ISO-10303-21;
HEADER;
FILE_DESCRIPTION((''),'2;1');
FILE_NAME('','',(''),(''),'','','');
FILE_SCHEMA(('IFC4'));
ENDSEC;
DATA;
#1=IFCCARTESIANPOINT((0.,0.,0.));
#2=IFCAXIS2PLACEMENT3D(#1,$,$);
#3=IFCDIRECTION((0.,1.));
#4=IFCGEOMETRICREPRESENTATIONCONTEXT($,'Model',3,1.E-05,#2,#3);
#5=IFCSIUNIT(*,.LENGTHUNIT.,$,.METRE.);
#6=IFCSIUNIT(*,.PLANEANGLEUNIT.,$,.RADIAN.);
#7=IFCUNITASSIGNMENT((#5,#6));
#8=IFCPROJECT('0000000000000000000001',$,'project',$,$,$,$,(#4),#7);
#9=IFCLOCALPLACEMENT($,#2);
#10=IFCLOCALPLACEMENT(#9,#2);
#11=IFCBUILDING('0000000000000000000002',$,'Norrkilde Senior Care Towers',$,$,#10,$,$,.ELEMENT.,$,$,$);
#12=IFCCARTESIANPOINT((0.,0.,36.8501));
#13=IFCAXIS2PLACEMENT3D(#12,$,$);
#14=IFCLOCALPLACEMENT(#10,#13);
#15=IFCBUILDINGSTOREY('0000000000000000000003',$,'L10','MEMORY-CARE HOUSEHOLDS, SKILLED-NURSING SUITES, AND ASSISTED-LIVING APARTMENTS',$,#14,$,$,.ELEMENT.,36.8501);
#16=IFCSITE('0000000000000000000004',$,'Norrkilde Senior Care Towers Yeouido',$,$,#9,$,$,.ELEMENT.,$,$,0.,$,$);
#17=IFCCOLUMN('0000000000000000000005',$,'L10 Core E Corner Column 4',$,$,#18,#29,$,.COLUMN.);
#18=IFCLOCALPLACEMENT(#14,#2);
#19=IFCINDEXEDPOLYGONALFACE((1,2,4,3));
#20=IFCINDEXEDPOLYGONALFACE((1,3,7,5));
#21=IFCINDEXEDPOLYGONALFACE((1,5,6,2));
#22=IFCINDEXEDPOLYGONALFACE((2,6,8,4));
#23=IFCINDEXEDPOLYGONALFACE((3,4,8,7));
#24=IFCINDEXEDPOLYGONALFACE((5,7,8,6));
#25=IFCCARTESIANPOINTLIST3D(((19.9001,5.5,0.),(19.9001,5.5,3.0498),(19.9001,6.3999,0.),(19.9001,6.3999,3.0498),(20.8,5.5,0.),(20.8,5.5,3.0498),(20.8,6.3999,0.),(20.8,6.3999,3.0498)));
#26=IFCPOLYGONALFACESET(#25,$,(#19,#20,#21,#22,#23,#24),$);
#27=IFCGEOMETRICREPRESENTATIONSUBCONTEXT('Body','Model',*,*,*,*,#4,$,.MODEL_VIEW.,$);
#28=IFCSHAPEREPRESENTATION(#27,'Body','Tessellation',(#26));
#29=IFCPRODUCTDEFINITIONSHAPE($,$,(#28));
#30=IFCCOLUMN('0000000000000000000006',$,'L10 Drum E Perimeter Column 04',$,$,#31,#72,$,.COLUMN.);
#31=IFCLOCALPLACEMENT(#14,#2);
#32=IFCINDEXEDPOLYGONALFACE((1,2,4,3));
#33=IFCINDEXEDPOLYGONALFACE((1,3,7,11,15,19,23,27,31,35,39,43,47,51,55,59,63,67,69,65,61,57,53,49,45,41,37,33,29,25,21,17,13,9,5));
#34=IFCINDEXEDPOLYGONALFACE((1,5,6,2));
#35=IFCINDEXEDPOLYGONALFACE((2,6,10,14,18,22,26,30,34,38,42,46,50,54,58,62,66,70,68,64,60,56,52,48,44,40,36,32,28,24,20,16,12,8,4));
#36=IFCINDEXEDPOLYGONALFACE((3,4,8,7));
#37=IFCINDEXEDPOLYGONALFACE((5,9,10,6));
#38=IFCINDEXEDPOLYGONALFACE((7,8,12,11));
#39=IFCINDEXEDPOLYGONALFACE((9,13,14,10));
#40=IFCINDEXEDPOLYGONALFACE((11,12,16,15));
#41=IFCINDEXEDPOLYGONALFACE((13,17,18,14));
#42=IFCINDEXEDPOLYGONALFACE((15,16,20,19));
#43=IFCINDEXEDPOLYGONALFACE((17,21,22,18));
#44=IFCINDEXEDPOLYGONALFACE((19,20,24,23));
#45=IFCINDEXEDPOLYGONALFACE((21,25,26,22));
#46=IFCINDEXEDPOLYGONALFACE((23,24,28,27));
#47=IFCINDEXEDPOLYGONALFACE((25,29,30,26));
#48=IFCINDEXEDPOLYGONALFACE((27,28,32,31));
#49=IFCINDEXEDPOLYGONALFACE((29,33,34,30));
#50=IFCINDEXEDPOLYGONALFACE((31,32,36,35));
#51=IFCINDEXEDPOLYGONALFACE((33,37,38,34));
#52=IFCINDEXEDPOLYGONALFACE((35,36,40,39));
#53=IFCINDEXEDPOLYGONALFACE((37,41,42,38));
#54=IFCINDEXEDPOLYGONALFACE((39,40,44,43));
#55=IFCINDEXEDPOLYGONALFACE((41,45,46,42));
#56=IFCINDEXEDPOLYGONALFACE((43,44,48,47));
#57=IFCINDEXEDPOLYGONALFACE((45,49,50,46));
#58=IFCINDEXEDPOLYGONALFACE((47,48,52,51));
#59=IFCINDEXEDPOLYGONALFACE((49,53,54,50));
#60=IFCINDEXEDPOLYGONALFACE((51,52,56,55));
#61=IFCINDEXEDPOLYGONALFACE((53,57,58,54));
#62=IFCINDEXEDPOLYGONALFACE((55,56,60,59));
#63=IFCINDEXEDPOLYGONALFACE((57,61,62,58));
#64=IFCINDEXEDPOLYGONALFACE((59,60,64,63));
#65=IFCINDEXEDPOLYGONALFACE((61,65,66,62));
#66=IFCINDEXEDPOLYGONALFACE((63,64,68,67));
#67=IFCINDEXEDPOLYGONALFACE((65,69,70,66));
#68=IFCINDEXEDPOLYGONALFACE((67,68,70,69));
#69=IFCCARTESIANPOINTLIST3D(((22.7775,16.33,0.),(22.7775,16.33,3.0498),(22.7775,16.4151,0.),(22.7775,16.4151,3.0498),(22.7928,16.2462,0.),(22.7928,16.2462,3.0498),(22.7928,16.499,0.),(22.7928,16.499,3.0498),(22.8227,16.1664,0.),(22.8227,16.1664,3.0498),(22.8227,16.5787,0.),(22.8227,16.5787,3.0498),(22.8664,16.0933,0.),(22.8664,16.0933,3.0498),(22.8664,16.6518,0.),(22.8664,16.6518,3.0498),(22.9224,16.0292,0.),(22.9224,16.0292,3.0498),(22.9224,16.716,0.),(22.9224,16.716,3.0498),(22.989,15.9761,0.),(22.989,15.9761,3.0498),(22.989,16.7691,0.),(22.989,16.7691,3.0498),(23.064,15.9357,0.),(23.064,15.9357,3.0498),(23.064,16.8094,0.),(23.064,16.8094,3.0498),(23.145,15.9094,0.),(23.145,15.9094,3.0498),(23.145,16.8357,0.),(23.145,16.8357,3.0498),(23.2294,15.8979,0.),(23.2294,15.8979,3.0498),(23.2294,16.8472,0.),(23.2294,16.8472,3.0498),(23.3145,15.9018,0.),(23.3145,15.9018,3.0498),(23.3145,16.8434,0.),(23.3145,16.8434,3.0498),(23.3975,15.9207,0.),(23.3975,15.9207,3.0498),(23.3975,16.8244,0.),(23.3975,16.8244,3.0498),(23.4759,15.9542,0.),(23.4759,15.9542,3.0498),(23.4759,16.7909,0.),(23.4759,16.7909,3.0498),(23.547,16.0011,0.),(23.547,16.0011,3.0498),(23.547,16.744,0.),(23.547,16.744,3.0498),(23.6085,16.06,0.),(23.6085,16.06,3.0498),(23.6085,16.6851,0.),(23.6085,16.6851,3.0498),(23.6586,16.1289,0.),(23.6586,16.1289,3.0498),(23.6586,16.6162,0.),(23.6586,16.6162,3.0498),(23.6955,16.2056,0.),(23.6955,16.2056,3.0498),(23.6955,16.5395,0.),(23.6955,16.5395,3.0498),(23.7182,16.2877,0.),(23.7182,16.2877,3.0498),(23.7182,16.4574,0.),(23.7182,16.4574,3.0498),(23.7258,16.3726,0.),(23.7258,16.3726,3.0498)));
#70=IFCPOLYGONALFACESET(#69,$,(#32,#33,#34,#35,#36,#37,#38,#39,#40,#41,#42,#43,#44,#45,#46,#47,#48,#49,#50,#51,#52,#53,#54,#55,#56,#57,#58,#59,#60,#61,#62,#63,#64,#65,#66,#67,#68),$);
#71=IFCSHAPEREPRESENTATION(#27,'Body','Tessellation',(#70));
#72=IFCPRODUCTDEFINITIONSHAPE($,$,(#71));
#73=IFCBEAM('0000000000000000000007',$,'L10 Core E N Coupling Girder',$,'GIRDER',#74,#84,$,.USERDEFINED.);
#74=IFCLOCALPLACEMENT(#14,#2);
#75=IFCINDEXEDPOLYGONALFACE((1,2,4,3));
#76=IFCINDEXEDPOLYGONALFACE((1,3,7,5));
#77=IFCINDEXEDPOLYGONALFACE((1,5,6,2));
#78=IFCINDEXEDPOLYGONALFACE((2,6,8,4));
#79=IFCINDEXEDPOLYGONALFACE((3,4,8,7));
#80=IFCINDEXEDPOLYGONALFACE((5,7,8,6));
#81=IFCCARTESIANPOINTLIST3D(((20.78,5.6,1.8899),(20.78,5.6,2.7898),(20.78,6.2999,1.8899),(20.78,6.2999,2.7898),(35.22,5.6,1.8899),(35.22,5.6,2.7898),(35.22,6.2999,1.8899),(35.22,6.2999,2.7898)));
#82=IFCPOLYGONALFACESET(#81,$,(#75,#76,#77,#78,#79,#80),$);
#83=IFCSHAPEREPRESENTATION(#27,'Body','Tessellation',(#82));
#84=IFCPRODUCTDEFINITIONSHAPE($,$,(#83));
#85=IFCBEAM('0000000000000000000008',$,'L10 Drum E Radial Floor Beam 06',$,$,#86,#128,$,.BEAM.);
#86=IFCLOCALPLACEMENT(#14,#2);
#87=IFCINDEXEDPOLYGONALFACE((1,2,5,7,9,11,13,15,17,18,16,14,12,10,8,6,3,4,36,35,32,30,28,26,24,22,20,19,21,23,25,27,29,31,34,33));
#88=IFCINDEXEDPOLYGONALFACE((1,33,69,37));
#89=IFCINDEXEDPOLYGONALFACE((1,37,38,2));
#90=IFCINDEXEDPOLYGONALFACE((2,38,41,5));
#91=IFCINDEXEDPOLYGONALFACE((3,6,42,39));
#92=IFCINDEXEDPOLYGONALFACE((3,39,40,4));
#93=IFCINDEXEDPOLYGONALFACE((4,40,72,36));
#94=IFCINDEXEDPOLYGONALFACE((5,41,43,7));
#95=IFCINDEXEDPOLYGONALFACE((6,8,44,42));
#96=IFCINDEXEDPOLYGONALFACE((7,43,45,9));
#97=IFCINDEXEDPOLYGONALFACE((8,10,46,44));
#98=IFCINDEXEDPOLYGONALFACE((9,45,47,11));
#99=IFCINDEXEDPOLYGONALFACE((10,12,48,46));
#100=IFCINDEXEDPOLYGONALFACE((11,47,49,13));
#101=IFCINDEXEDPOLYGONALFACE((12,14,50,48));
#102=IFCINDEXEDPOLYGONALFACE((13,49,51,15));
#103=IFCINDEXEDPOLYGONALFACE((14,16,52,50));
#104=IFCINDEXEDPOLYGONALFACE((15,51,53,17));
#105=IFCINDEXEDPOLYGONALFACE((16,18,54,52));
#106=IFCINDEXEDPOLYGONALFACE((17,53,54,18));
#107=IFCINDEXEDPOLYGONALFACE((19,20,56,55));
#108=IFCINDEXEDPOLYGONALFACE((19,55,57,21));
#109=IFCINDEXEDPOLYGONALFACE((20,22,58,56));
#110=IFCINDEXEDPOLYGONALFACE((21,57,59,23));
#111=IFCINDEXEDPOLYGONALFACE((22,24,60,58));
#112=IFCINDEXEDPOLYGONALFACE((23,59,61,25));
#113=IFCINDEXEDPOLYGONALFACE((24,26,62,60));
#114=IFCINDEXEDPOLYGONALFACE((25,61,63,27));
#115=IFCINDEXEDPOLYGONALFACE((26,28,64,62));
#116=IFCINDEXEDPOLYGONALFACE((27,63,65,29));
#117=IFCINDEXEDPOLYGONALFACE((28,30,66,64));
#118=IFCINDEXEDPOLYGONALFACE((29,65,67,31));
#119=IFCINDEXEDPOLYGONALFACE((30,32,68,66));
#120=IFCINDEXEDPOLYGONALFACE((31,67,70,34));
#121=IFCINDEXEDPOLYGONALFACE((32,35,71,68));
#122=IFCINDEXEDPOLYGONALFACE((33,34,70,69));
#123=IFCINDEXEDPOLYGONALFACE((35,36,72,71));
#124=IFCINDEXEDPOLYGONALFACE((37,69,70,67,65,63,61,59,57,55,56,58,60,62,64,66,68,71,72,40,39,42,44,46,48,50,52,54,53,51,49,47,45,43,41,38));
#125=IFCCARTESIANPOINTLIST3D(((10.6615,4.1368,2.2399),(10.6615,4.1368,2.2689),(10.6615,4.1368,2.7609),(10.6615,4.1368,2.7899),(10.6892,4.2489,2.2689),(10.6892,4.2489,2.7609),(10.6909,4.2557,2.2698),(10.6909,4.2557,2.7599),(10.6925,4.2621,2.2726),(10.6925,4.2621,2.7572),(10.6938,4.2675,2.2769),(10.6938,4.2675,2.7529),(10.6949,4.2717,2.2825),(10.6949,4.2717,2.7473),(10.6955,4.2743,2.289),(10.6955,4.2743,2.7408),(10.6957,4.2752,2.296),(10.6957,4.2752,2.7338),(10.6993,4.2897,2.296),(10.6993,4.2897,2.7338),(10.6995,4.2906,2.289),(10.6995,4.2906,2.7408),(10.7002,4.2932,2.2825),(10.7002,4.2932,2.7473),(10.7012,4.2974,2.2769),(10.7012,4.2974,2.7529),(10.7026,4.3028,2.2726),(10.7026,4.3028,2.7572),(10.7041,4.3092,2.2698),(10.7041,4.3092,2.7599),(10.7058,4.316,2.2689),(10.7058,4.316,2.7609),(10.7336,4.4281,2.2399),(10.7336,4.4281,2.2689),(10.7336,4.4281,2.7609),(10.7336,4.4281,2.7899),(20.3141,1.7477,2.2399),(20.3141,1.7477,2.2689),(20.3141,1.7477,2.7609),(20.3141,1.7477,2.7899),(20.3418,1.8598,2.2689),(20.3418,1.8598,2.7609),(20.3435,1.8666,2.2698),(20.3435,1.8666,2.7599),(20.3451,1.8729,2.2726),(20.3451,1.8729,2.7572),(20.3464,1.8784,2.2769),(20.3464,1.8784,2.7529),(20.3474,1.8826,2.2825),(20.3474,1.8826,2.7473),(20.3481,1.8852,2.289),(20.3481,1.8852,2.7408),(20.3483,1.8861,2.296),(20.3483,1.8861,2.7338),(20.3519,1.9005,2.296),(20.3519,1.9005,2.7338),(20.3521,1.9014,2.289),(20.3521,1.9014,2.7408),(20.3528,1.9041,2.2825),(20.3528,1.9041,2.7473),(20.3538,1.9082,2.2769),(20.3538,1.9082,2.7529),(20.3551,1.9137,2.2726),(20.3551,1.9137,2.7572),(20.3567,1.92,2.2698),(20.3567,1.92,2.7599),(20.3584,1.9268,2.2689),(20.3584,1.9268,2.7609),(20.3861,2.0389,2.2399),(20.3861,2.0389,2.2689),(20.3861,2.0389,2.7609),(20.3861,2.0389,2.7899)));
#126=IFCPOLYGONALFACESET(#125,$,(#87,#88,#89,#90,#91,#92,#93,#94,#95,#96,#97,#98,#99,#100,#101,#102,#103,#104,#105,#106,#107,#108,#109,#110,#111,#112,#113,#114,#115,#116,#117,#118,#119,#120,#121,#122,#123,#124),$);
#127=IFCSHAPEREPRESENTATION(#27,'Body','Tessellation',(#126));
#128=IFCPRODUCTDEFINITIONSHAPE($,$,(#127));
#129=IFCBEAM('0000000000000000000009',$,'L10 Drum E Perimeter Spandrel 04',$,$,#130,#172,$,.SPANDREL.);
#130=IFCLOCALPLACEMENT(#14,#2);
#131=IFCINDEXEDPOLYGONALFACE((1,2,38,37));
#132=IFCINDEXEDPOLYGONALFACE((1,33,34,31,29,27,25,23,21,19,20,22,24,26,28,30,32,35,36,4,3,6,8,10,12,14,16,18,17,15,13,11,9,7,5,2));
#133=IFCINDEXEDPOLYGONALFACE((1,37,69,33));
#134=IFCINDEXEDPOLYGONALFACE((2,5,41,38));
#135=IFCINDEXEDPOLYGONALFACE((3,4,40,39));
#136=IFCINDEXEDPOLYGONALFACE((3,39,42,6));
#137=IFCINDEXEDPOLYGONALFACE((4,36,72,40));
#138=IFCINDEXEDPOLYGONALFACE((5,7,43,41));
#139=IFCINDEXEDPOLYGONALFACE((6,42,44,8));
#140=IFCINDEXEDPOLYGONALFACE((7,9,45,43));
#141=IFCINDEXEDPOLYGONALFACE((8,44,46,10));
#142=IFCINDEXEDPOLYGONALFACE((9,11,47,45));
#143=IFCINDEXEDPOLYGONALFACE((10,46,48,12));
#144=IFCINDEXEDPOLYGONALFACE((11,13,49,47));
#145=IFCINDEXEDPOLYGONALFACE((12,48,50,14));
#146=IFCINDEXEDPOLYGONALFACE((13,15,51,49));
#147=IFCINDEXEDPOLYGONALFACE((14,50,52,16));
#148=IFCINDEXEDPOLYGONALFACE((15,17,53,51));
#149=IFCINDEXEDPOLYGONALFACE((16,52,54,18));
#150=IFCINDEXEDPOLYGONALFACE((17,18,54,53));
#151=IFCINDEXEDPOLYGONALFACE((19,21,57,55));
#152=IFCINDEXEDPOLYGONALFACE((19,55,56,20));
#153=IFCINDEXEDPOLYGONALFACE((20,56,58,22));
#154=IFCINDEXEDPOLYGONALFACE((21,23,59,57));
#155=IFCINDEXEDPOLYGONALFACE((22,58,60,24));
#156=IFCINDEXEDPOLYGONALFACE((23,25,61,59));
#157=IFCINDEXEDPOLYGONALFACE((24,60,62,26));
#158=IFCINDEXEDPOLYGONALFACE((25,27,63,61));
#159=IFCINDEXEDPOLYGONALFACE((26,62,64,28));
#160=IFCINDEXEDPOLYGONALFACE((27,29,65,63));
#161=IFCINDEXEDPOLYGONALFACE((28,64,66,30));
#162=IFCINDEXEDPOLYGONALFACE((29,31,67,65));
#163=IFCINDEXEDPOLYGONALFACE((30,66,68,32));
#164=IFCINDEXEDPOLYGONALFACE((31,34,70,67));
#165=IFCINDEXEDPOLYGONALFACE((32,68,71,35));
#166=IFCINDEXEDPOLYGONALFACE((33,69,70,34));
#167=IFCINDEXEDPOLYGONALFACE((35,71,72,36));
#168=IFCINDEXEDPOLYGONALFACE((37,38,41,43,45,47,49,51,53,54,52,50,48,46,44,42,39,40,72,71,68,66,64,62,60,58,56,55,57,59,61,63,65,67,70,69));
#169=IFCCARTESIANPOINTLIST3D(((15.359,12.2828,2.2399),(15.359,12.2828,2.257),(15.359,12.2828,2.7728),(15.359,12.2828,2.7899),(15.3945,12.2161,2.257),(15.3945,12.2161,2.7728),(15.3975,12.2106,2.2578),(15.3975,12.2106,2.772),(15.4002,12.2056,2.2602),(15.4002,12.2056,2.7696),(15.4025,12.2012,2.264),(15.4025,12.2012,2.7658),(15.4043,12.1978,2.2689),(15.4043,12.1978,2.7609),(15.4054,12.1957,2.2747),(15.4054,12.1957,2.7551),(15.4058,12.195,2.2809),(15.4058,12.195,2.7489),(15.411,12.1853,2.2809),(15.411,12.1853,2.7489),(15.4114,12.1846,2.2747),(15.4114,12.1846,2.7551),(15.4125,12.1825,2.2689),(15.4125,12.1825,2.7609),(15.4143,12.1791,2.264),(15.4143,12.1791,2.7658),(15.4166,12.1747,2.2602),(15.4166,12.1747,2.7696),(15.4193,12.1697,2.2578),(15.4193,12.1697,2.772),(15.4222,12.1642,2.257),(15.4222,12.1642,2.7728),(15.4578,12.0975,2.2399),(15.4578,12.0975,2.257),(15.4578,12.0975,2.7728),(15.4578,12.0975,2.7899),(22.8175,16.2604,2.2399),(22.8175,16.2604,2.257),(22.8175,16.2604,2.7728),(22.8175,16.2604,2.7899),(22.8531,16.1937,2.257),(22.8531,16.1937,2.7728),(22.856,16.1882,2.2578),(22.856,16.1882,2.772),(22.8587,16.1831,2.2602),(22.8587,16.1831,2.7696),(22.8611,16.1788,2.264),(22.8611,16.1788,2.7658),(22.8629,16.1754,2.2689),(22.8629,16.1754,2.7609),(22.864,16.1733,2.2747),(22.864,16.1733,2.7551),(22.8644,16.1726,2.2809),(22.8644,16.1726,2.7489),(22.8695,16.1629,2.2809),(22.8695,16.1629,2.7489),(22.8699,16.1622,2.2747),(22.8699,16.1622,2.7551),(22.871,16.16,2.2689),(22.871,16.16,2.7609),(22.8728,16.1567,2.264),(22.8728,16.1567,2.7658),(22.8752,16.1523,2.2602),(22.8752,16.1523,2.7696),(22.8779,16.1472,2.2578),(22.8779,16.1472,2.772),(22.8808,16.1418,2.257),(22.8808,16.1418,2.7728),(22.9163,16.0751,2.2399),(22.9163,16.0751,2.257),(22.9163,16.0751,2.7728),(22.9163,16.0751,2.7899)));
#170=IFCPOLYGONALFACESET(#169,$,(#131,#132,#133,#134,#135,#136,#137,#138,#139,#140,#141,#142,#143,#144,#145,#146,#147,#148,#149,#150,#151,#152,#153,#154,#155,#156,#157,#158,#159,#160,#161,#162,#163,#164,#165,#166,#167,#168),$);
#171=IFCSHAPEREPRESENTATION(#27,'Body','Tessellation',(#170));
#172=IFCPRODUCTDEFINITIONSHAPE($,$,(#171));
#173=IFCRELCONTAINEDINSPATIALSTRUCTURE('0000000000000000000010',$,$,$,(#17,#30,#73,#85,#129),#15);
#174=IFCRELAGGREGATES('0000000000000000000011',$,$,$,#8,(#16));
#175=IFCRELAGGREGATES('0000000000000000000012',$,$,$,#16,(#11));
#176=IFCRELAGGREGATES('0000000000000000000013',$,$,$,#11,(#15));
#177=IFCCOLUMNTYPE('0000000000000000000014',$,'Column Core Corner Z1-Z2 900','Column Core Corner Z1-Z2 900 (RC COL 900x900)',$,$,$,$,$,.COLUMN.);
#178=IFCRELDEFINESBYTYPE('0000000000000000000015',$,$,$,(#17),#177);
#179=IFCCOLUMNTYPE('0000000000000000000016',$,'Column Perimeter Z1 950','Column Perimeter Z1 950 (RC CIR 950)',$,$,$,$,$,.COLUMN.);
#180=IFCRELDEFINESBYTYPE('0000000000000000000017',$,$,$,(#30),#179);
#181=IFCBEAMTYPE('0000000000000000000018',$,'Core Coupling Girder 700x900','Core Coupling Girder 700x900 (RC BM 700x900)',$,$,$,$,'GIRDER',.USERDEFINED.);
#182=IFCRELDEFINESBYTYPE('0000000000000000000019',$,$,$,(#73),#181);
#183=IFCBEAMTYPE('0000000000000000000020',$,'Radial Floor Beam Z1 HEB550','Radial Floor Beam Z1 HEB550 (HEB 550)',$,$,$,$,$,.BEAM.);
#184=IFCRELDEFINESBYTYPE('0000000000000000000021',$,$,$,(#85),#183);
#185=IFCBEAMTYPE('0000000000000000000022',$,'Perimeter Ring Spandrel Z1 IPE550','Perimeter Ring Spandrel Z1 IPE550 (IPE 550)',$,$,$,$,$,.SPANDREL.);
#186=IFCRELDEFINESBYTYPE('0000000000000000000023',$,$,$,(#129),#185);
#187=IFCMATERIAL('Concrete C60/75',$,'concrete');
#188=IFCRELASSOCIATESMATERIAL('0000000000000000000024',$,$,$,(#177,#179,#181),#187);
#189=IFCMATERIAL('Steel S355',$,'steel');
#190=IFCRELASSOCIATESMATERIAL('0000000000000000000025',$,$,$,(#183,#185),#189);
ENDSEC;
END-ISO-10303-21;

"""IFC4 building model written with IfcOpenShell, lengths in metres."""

from ifc_helpers import new_model, si_unit, direction, frame, origin, origin_2d, place, context, subcontext, project, spatial, rectangle, circle, i_section, extrude, source, transform, mapped, material, material_profile, profile_set, type_object, type_shapes, element, save


model = new_model("IFC4")

# Units and contexts
model_context = context("Model", 3, precision=1e-05, world=origin(), true_north=direction((0.0, 1.0)))
body_context = subcontext(model_context, "Body", "Model", "MODEL_VIEW")
ifc_project = project(units=[si_unit("LENGTHUNIT", "METRE"), si_unit("PLANEANGLEUNIT", "RADIAN")], contexts=[model_context])

# Site, building, storey
site_placement = place(None, origin())
site = spatial("IfcSite", under=ifc_project, at=site_placement, Name="Norrkilde Senior Care Towers Yeouido", CompositionType="ELEMENT", RefElevation=0.0)
building_placement = place(site_placement, origin())
building = spatial("IfcBuilding", under=site, at=building_placement, Name="Norrkilde Senior Care Towers", CompositionType="ELEMENT")
storey_placement = place(building_placement, frame((0.0, 0.0, 36.8501)))
storey = spatial("IfcBuildingStorey", under=building, at=storey_placement, Name="L10", Description="MEMORY-CARE HOUSEHOLDS, SKILLED-NURSING SUITES, AND ASSISTED-LIVING APARTMENTS", CompositionType="ELEMENT", Elevation=36.8501)

# Columns
ifc_material_1 = material(Name="Concrete C60/75", Category="concrete")
ifc_material_profile_1 = material_profile(ifc_material_1, rectangle(XDim=0.8999, YDim=0.8999, at=origin_2d()), Name="RC COL 900x900")
ifc_profile_set_1 = profile_set([ifc_material_profile_1], Name="Concrete C60/75")
column_type_1 = type_object("IfcColumnType", Name="Column Core Corner Z1-Z2 900", Description="Column Core Corner Z1-Z2 900 (RC COL 900x900)", PredefinedType="COLUMN", material=ifc_profile_set_1)
shared_shape_1 = source(origin(), body_context, "Body", "SweptSolid", [
    extrude(rectangle(XDim=0.8999, YDim=0.8999, at=origin_2d()), origin(), (0.0, 0.0, 1.0), 3.0498),
])
type_shapes(column_type_1, [shared_shape_1])
column_1_placement = place(storey_placement, frame((20.3501, 5.95, 0.0), z_axis=(0.0, 0.0, 1.0), x_axis=(1.0, 0.0, 0.0)))
element("IfcColumn", 1, at=column_1_placement, inside=storey, type_object=column_type_1, Name="L10 Core E Corner Column 4", PredefinedType="COLUMN", context=body_context, shape_type="MappedRepresentation", body=[
    mapped(shared_shape_1, transform((0.0, 0.0, 0.0), x_axis=(1.0, 0.0, 0.0), y_axis=(0.0, 1.0, 0.0), z_axis=(0.0, 0.0, 1.0), scale=1.0)),
])
ifc_material_profile_2 = material_profile(ifc_material_1, circle(Radius=0.4751, at=origin_2d()), Name="RC CIR 950")
ifc_profile_set_2 = profile_set([ifc_material_profile_2], Name="Concrete C60/75")
column_type_2 = type_object("IfcColumnType", Name="Column Perimeter Z1 950", Description="Column Perimeter Z1 950 (RC CIR 950)", PredefinedType="COLUMN", material=ifc_profile_set_2)
shared_shape_2 = source(origin(), body_context, "Body", "SweptSolid", [
    extrude(circle(Radius=0.4751, at=origin_2d()), origin(), (0.0, 0.0, 1.0), 3.0498),
])
type_shapes(column_type_2, [shared_shape_2])
column_2_placement = place(storey_placement, frame((23.2507, 16.3726, 0.0), z_axis=(0.0, 0.0, 1.0), x_axis=(1.0, 0.0, 0.0)))
element("IfcColumn", 2, at=column_2_placement, inside=storey, type_object=column_type_2, Name="L10 Drum E Perimeter Column 04", PredefinedType="COLUMN", context=body_context, shape_type="MappedRepresentation", body=[
    mapped(shared_shape_2, transform((0.0, 0.0, 0.0), x_axis=(1.0, 0.0, 0.0), y_axis=(0.0, 1.0, 0.0), z_axis=(0.0, 0.0, 1.0), scale=1.0)),
])

# Beams
ifc_material_profile_3 = material_profile(ifc_material_1, rectangle(XDim=0.7, YDim=0.8999, at=origin_2d()), Name="RC BM 700x900")
ifc_profile_set_3 = profile_set([ifc_material_profile_3], Name="Concrete C60/75")
beam_type_1 = type_object("IfcBeamType", Name="Core Coupling Girder 700x900", Description="Core Coupling Girder 700x900 (RC BM 700x900)", ElementType="GIRDER", PredefinedType="USERDEFINED", material=ifc_profile_set_3)
shared_shape_3 = source(origin(), body_context, "Body", "SweptSolid", [
    extrude(rectangle(XDim=0.7, YDim=0.8999, at=origin_2d()), origin(), (0.0, 0.0, 1.0), 14.4399),
])
type_shapes(beam_type_1, [shared_shape_3])
beam_1_placement = place(storey_placement, frame((20.78, 5.95, 2.3398), z_axis=(1.0, 0.0, 0.0), x_axis=(0.0, 1.0, 0.0)))
element("IfcBeam", 3, at=beam_1_placement, inside=storey, type_object=beam_type_1, Name="L10 Core E N Coupling Girder", ObjectType="GIRDER", PredefinedType="USERDEFINED", context=body_context, shape_type="MappedRepresentation", body=[
    mapped(shared_shape_3, transform((0.0, 0.0, 0.0), x_axis=(1.0, 0.0, 0.0), y_axis=(0.0, 1.0, 0.0), z_axis=(0.0, 0.0, 1.0), scale=1.0)),
])
ifc_material_2 = material(Name="Steel S355", Category="steel")
ifc_material_profile_4 = material_profile(ifc_material_2, i_section(OverallWidth=0.3, OverallDepth=0.55, WebThickness=0.0149, FlangeThickness=0.0291, FilletRadius=0.0271, at=origin_2d()), Name="HEB 550")
ifc_profile_set_4 = profile_set([ifc_material_profile_4], Name="Steel S355")
beam_type_2 = type_object("IfcBeamType", Name="Radial Floor Beam Z1 HEB550", Description="Radial Floor Beam Z1 HEB550 (HEB 550)", PredefinedType="BEAM", material=ifc_profile_set_4)
shared_shape_4 = source(origin(), body_context, "Body", "SweptSolid", [
    extrude(i_section(OverallWidth=0.3, OverallDepth=0.55, WebThickness=0.0149, FlangeThickness=0.0291, FilletRadius=0.0271, at=origin_2d()), origin(), (0.0, 0.0, 1.0), 9.9438),
])
beam_2_placement = place(storey_placement, frame((20.3501, 1.8933, 2.5149), z_axis=(-0.970707, 0.240265, 0.0), x_axis=(-0.240265, -0.970707, 0.0)))
element("IfcBeam", 4, at=beam_2_placement, inside=storey, type_object=beam_type_2, Name="L10 Drum E Radial Floor Beam 06", PredefinedType="BEAM", context=body_context, shape_type="MappedRepresentation", body=[
    mapped(shared_shape_4, transform((0.0, 0.0, 0.0), x_axis=(1.0, 0.0, 0.0), y_axis=(0.0, 1.0, 0.0), z_axis=(0.0, 0.0, 1.0), scale=1.0)),
])
ifc_material_profile_5 = material_profile(ifc_material_2, i_section(OverallWidth=0.21, OverallDepth=0.55, WebThickness=0.011, FlangeThickness=0.0171, FilletRadius=0.0239, at=origin_2d()), Name="IPE 550")
ifc_profile_set_5 = profile_set([ifc_material_profile_5], Name="Steel S355")
beam_type_3 = type_object("IfcBeamType", Name="Perimeter Ring Spandrel Z1 IPE550", Description="Perimeter Ring Spandrel Z1 IPE550 (IPE 550)", PredefinedType="SPANDREL", material=ifc_profile_set_5)
shared_shape_5 = source(origin(), body_context, "Body", "SweptSolid", [
    extrude(i_section(OverallWidth=0.21, OverallDepth=0.55, WebThickness=0.011, FlangeThickness=0.0171, FilletRadius=0.0239, at=origin_2d()), origin(), (0.0, 0.0, 1.0), 8.4529),
])
type_shapes(beam_type_3, [shared_shape_5])
beam_3_placement = place(storey_placement, frame((22.8669, 16.1677, 2.5149), z_axis=(-0.882369, -0.470558, 0.0), x_axis=(0.470558, -0.882369, 0.0)))
element("IfcBeam", 5, at=beam_3_placement, inside=storey, type_object=beam_type_3, Name="L10 Drum E Perimeter Spandrel 04", PredefinedType="SPANDREL", context=body_context, shape_type="MappedRepresentation", body=[
    mapped(shared_shape_5, transform((0.0, 0.0, 0.0), x_axis=(1.0, 0.0, 0.0), y_axis=(0.0, 1.0, 0.0), z_axis=(0.0, 0.0, 1.0), scale=1.0)),
])

save(model, "model.ifc")
